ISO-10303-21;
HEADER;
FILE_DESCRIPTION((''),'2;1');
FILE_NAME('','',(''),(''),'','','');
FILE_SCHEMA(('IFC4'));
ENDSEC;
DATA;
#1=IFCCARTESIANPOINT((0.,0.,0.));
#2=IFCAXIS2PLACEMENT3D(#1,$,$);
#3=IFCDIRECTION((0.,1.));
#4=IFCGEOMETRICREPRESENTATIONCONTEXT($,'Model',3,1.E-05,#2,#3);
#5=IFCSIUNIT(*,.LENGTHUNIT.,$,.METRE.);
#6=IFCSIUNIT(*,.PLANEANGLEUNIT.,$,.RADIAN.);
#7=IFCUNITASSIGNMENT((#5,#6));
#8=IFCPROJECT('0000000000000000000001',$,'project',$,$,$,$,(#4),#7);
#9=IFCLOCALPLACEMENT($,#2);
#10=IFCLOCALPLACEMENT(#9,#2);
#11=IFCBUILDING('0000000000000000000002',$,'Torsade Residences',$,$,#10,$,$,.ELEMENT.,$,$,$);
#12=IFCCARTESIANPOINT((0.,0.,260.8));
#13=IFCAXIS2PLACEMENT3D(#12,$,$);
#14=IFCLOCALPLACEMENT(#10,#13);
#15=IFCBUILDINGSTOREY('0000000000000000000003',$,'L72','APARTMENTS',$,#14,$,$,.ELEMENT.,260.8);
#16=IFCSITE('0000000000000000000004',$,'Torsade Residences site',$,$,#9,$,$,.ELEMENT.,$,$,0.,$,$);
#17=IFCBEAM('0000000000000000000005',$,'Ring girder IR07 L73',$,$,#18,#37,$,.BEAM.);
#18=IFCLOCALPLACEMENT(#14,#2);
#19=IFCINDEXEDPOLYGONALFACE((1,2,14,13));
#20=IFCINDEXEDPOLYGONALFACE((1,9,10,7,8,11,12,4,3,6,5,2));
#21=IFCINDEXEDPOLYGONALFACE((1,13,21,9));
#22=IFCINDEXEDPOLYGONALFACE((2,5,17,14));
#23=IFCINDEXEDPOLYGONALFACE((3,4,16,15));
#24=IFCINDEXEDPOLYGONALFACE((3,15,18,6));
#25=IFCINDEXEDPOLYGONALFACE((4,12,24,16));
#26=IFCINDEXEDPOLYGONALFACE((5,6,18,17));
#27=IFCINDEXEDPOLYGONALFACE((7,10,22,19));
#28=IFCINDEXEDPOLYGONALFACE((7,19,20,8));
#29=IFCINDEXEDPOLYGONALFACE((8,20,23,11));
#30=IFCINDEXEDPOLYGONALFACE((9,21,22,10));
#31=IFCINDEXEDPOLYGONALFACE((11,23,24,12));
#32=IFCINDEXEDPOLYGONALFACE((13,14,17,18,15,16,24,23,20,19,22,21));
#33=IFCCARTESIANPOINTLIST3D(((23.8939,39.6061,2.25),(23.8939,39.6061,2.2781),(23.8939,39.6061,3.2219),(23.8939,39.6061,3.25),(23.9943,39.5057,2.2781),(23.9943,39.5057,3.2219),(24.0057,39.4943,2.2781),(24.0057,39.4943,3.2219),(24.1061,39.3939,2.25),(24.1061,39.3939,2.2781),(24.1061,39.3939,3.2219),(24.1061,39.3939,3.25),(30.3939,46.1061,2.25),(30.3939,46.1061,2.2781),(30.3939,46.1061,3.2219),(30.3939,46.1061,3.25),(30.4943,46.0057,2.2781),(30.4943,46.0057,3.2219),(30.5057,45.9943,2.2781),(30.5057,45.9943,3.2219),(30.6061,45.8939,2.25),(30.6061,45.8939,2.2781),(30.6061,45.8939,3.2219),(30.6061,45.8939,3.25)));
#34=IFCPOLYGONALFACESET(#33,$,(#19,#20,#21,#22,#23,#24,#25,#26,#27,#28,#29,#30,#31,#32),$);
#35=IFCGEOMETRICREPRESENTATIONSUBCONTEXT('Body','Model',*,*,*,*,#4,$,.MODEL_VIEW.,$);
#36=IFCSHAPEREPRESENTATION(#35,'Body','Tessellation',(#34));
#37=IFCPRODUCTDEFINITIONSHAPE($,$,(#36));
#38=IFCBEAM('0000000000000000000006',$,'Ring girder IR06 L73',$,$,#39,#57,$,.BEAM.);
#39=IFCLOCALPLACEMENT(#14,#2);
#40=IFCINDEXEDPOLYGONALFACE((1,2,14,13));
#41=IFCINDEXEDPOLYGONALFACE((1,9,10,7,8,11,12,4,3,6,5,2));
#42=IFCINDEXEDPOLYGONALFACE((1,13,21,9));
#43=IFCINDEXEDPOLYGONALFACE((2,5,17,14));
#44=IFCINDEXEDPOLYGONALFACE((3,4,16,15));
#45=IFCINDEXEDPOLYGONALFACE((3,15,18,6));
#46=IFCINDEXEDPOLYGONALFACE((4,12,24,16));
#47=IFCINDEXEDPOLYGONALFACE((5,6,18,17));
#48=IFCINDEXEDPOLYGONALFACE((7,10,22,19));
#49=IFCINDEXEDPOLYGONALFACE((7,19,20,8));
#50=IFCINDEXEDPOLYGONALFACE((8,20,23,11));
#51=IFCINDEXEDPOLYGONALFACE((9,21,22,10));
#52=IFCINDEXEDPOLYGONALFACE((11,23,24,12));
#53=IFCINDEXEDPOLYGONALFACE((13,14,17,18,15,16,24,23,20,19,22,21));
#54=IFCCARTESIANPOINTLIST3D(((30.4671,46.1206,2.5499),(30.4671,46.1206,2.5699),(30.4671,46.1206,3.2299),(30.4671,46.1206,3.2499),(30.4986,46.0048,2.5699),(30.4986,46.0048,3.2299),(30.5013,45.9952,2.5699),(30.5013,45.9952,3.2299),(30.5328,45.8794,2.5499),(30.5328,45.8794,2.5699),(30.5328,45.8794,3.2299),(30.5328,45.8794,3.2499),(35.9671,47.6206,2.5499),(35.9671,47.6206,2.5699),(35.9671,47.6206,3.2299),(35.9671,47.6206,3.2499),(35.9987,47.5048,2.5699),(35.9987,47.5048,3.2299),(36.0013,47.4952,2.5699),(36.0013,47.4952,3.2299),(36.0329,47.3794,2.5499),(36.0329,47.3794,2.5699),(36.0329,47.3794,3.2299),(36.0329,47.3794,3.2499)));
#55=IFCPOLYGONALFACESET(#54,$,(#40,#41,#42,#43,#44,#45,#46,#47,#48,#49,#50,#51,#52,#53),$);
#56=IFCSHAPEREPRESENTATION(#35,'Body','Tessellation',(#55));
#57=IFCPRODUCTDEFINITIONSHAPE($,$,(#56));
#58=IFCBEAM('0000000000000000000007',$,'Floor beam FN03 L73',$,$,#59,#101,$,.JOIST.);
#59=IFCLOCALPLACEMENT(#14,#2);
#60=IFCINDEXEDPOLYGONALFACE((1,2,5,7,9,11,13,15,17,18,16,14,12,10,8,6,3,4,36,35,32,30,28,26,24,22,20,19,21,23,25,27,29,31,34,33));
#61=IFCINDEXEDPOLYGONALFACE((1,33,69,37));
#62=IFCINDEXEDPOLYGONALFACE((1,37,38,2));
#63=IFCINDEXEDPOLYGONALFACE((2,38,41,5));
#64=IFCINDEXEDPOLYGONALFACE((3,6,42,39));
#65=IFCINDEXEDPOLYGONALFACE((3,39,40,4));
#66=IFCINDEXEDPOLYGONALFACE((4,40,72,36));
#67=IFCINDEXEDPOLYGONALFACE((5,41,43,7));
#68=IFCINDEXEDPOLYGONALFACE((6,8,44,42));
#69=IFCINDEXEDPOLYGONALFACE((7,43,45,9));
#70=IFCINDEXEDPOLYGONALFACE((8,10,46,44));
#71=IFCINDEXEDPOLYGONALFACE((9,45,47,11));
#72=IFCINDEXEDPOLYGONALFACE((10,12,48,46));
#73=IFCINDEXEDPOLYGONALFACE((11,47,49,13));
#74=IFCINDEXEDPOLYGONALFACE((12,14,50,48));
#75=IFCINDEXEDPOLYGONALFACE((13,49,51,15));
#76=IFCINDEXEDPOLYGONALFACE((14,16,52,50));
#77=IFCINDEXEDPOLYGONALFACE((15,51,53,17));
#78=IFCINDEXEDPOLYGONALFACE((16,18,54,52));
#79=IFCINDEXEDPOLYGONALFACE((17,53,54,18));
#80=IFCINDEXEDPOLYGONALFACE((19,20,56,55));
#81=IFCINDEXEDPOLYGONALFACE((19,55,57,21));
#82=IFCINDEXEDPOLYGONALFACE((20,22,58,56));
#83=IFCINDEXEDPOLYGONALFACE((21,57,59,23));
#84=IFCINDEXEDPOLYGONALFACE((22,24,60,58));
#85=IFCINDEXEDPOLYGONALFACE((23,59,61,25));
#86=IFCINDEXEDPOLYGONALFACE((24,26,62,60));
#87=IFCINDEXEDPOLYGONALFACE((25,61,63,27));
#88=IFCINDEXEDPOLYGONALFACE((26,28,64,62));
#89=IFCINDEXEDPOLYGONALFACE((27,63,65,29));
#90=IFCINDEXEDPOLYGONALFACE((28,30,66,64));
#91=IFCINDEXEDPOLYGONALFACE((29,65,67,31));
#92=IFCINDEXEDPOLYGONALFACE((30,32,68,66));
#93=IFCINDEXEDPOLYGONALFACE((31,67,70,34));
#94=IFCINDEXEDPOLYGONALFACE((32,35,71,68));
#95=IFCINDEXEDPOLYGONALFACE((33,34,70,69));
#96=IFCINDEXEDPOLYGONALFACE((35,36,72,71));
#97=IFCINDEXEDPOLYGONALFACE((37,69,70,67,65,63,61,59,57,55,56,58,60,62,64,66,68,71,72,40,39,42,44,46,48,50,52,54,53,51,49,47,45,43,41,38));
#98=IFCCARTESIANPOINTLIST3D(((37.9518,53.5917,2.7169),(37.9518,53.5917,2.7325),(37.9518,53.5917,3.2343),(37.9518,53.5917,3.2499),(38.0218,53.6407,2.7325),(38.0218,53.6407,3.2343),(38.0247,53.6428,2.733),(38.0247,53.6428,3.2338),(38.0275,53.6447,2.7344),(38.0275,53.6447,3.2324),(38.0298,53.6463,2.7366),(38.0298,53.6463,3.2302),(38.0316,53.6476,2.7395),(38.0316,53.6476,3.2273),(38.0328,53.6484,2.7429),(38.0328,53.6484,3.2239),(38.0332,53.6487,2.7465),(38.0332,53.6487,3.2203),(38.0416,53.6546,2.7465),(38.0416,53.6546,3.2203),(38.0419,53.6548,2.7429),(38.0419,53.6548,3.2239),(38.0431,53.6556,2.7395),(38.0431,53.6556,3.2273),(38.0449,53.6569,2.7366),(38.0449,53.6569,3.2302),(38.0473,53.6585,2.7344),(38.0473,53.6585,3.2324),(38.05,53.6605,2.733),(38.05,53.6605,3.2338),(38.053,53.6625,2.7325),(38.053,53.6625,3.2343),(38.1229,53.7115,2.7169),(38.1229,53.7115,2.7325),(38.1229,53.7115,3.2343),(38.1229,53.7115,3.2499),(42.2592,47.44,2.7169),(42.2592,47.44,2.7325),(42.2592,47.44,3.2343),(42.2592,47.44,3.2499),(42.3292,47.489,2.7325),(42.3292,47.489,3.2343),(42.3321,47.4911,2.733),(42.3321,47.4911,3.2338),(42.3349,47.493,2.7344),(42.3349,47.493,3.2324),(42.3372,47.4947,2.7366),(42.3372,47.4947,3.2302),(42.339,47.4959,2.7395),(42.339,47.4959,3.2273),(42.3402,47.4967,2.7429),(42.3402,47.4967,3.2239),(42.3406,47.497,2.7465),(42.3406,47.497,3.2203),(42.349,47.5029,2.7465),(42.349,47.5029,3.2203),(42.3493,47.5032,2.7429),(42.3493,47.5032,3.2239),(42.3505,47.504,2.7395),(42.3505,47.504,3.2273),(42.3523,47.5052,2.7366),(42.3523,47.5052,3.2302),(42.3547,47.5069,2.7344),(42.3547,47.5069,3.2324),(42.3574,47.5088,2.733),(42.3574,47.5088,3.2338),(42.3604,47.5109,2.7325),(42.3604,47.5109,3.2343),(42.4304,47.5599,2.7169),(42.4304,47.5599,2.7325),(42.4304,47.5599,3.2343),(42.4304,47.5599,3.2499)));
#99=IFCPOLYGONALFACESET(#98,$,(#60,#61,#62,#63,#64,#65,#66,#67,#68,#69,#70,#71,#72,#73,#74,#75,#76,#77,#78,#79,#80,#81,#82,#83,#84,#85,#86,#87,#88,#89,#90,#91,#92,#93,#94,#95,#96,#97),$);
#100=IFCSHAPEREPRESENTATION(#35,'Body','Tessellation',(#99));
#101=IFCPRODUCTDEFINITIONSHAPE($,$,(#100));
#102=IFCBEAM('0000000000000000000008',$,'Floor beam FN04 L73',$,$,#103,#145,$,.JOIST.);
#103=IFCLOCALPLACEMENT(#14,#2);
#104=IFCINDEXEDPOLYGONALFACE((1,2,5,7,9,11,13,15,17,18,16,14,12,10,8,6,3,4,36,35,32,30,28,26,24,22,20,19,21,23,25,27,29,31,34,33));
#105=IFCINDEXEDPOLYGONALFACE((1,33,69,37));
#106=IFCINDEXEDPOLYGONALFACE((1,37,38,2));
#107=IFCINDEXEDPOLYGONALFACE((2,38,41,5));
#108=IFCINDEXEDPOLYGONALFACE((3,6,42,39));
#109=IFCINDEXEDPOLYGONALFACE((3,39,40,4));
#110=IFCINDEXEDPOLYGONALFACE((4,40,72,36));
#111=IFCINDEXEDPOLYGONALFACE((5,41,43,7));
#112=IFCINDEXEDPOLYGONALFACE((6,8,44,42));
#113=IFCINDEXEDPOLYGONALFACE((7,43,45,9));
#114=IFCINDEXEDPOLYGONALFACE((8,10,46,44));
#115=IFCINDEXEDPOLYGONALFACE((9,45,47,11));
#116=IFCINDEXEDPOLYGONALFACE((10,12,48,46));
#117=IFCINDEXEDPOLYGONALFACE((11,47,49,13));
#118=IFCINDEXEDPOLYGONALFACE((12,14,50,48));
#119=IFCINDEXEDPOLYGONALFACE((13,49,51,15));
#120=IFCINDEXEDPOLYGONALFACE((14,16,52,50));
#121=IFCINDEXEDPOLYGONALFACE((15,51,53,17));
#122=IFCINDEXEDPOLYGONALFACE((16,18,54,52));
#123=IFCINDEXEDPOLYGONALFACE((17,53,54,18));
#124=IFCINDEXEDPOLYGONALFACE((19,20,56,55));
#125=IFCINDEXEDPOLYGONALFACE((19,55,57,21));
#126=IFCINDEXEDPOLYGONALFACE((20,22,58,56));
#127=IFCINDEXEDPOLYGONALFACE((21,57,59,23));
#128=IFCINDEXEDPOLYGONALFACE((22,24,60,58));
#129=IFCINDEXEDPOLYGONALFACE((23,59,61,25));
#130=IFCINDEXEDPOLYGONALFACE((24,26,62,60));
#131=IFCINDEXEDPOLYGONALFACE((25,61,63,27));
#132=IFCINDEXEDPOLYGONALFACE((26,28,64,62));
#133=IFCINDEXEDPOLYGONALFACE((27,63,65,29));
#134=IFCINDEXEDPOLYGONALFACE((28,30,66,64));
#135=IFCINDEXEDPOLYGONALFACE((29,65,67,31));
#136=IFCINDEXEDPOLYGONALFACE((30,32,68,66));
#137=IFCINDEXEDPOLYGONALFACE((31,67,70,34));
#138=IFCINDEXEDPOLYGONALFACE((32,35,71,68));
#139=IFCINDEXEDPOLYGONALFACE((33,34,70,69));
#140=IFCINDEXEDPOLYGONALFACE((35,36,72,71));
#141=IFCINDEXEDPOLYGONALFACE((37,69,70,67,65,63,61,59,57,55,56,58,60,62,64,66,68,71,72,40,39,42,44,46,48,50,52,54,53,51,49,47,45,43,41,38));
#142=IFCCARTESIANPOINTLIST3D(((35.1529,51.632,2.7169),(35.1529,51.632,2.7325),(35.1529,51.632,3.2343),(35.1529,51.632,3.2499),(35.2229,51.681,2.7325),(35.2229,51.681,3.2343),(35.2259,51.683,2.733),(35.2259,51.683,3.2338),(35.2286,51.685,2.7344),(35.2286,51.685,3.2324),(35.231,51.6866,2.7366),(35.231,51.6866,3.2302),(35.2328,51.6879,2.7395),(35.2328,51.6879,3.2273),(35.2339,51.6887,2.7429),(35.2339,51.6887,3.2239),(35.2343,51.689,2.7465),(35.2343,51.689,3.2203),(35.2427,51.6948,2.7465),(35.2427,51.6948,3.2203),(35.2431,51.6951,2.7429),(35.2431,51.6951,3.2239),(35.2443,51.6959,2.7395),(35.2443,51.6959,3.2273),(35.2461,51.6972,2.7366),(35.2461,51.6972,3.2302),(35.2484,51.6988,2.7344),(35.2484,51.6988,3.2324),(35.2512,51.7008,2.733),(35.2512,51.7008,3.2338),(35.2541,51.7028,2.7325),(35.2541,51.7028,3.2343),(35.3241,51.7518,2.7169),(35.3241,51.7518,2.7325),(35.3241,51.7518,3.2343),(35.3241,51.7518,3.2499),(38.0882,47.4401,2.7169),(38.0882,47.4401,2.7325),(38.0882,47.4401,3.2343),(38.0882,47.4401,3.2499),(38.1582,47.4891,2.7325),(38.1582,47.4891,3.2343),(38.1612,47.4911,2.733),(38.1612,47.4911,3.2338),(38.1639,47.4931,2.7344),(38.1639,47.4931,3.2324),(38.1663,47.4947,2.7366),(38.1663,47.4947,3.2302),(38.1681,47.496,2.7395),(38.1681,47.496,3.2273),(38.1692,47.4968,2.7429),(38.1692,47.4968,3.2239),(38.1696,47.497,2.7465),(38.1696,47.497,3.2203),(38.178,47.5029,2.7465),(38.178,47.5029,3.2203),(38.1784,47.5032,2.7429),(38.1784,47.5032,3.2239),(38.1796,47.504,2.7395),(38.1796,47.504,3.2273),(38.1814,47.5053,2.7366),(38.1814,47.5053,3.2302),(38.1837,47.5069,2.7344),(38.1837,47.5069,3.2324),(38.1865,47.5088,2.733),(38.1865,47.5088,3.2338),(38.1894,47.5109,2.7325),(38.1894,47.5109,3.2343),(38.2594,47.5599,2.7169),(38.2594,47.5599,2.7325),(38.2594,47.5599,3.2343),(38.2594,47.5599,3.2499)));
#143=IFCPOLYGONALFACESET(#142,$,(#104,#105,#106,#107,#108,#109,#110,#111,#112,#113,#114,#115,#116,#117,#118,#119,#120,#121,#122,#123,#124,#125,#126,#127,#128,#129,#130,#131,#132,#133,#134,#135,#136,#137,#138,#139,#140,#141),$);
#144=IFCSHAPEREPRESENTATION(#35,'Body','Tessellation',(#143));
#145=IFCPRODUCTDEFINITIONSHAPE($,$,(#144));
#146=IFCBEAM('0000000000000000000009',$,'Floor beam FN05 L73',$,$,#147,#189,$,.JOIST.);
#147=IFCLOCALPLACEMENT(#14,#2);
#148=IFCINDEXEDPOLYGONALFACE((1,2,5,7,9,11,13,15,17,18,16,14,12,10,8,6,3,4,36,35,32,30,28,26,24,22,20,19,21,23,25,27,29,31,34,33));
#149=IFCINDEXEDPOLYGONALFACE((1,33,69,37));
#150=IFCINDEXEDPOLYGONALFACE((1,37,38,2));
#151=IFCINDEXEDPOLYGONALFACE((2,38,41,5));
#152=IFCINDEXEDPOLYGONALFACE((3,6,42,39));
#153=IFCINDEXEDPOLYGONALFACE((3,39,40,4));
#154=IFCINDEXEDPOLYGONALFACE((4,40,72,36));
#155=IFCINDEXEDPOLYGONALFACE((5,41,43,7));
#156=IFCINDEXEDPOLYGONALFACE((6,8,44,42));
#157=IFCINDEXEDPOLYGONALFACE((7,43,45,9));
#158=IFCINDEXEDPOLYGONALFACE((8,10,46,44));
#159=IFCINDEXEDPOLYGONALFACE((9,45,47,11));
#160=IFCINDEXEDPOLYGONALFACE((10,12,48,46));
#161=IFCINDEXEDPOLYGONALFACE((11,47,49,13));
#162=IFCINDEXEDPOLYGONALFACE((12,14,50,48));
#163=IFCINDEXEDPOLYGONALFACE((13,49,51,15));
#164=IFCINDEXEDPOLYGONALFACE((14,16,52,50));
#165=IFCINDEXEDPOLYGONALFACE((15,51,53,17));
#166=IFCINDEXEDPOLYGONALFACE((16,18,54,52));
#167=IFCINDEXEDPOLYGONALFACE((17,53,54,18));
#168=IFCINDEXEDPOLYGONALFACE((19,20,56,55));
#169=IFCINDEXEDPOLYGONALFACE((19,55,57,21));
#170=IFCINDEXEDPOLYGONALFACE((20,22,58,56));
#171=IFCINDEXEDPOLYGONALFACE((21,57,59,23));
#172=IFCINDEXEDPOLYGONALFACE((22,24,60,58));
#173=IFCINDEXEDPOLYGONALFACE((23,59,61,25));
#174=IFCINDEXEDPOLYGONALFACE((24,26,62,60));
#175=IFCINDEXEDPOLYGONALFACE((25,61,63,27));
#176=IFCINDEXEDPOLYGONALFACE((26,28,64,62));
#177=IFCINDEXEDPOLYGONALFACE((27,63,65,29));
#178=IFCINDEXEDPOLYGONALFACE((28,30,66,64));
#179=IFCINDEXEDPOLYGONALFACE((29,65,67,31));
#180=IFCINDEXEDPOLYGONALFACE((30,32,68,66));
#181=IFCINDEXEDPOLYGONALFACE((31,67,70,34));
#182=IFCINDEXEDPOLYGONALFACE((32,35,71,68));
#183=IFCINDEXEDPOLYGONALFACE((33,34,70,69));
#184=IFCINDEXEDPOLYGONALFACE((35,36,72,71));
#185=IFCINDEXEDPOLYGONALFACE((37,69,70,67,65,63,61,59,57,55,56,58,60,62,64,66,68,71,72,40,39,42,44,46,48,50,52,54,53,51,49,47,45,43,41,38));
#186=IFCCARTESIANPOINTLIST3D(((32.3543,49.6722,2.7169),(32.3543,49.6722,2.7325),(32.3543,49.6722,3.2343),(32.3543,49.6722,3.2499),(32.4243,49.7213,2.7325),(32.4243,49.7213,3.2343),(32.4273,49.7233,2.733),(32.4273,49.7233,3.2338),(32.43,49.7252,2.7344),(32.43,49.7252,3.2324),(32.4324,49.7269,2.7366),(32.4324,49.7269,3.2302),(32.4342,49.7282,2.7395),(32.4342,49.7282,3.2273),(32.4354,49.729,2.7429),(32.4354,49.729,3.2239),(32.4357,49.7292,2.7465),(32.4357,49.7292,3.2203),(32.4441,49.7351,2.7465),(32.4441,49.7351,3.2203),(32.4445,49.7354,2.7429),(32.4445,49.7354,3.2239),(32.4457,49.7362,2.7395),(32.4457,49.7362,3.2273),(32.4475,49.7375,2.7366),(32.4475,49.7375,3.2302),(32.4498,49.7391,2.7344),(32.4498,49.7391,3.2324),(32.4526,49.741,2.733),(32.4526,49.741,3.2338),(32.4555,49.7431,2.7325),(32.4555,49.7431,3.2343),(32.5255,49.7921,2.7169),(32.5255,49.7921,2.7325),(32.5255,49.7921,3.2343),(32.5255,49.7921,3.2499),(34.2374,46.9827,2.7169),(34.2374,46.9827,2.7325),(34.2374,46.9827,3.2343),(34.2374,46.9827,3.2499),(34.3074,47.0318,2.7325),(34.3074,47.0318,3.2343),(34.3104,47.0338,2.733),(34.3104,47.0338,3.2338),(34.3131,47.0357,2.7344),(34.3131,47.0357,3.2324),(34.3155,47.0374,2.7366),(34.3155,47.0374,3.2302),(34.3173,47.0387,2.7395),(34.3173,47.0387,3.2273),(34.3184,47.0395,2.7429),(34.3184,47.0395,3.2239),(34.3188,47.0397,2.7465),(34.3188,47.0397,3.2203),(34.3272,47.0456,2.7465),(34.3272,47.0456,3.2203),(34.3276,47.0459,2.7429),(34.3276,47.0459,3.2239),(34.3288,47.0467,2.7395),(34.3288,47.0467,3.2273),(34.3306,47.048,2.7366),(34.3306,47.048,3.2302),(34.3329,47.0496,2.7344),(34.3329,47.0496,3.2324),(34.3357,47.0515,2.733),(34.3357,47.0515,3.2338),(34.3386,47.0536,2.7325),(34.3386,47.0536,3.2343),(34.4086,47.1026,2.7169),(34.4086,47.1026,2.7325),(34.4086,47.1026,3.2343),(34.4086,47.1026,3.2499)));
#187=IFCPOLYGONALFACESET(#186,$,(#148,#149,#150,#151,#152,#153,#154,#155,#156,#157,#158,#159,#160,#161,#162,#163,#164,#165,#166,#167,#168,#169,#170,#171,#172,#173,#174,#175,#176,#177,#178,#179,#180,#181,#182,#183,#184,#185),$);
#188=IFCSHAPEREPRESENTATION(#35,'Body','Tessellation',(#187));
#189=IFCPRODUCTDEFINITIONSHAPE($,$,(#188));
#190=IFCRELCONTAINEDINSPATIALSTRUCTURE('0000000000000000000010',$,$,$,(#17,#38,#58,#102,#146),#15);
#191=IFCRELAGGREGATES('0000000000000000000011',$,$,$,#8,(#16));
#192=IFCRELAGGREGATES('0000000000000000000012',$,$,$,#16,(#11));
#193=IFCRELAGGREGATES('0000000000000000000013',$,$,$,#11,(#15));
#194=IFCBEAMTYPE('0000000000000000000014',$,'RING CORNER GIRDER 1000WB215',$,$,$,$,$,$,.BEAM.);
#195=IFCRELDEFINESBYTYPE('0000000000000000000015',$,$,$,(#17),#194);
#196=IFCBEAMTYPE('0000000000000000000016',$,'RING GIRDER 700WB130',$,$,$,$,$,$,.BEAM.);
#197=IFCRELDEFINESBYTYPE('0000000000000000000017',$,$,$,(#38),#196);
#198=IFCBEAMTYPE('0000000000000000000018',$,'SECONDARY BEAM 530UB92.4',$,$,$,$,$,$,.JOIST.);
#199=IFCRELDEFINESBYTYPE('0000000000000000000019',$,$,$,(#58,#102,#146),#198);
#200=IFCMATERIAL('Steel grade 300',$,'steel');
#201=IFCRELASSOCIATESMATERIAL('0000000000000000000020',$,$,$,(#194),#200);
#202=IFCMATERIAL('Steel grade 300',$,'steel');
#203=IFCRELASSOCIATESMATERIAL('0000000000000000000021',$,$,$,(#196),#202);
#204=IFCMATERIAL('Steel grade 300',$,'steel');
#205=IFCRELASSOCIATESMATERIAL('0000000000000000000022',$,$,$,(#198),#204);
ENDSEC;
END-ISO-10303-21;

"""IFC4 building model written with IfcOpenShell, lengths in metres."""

from ifc_helpers import new_model, si_unit, direction, frame, origin, origin_2d, place, context, subcontext, project, spatial, i_section, extrude, material, material_profile, profile_set, type_object, element, save


model = new_model("IFC4")

# Units and contexts
model_context = context("Model", 3, precision=1e-05, world=origin(), true_north=direction((0.0, 1.0)))
body_context = subcontext(model_context, "Body", "Model", "MODEL_VIEW")
ifc_project = project(units=[si_unit("LENGTHUNIT", "METRE"), si_unit("PLANEANGLEUNIT", "RADIAN")], contexts=[model_context])

# Site, building, storey
site_placement = place(None, origin())
site = spatial("IfcSite", under=ifc_project, at=site_placement, Name="Torsade Residences site", CompositionType="ELEMENT", RefElevation=0.0)
building_placement = place(site_placement, origin())
building = spatial("IfcBuilding", under=site, at=building_placement, Name="Torsade Residences", CompositionType="ELEMENT")
storey_placement = place(building_placement, frame((0.0, 0.0, 260.8)))
storey = spatial("IfcBuildingStorey", under=building, at=storey_placement, Name="L72", Description="APARTMENTS", CompositionType="ELEMENT", Elevation=260.8)

# Beams
ifc_material_1 = material(Name="Steel grade 300", Category="steel")
ifc_material_profile_1 = material_profile(ifc_material_1, i_section(OverallWidth=0.3, OverallDepth=1.0, WebThickness=0.0161, FlangeThickness=0.0281, at=origin_2d()), Name="1000WB215")
ifc_profile_set_1 = profile_set([ifc_material_profile_1], Name="Steel grade 300")
beam_type_1 = type_object("IfcBeamType", Name="RING CORNER GIRDER 1000WB215", PredefinedType="BEAM", material=ifc_profile_set_1)
beam_1_placement = place(storey_placement, frame((30.5, 46.0, 2.75), z_axis=(-0.707107, -0.707107, 0.0), x_axis=(0.707107, -0.707107, 0.0)))
element("IfcBeam", 1, at=beam_1_placement, inside=storey, type_object=beam_type_1, Name="Ring girder IR07 L73", PredefinedType="BEAM", context=body_context, shape_type="SweptSolid", body=[
    extrude(i_section(OverallWidth=0.3, OverallDepth=1.0, WebThickness=0.0161, FlangeThickness=0.0281, at=origin_2d()), origin(), (0.0, 0.0, 1.0), 9.1924),
])
ifc_material_2 = material(Name="Steel grade 300", Category="steel")
ifc_material_profile_2 = material_profile(ifc_material_2, i_section(OverallWidth=0.25, OverallDepth=0.7, WebThickness=0.01, FlangeThickness=0.02, at=origin_2d()), Name="700WB130")
ifc_profile_set_2 = profile_set([ifc_material_profile_2], Name="Steel grade 300")
beam_type_2 = type_object("IfcBeamType", Name="RING GIRDER 700WB130", PredefinedType="BEAM", material=ifc_profile_set_2)
beam_2_placement = place(storey_placement, frame((36.0, 47.5, 2.8999), z_axis=(-0.964764, -0.263117, 0.0), x_axis=(0.263117, -0.964764, 0.0)))
element("IfcBeam", 2, at=beam_2_placement, inside=storey, type_object=beam_type_2, Name="Ring girder IR06 L73", PredefinedType="BEAM", context=body_context, shape_type="SweptSolid", body=[
    extrude(i_section(OverallWidth=0.25, OverallDepth=0.7, WebThickness=0.01, FlangeThickness=0.02, at=origin_2d()), origin(), (0.0, 0.0, 1.0), 5.7009),
])
ifc_material_3 = material(Name="Steel grade 300", Category="steel")
ifc_material_profile_3 = material_profile(ifc_material_3, i_section(OverallWidth=0.209, OverallDepth=0.533, WebThickness=0.0103, FlangeThickness=0.0156, FilletRadius=0.0139, at=origin_2d()), Name="530UB92.4")
ifc_profile_set_3 = profile_set([ifc_material_profile_3], Name="Steel grade 300")
beam_type_3 = type_object("IfcBeamType", Name="SECONDARY BEAM 530UB92.4", PredefinedType="JOIST", material=ifc_profile_set_3)
beam_3_placement = place(storey_placement, frame((38.0374, 53.6516, 2.9834), z_axis=(0.573574, -0.819154, 0.0), x_axis=(0.819154, 0.573574, 0.0)))
element("IfcBeam", 3, at=beam_3_placement, inside=storey, type_object=beam_type_3, Name="Floor beam FN03 L73", PredefinedType="JOIST", context=body_context, shape_type="SweptSolid", body=[
    extrude(i_section(OverallWidth=0.209, OverallDepth=0.533, WebThickness=0.0103, FlangeThickness=0.0156, FilletRadius=0.0139, at=origin_2d()), origin(), (0.0, 0.0, 1.0), 7.5098),
])
beam_4_placement = place(storey_placement, frame((35.2385, 51.6919, 2.9834), z_axis=(0.57359, -0.819142, 0.0), x_axis=(0.819142, 0.57359, 0.0)))
element("IfcBeam", 4, at=beam_4_placement, inside=storey, type_object=beam_type_3, Name="Floor beam FN04 L73", PredefinedType="JOIST", context=body_context, shape_type="SweptSolid", body=[
    extrude(i_section(OverallWidth=0.209, OverallDepth=0.533, WebThickness=0.0103, FlangeThickness=0.0156, FilletRadius=0.0139, at=origin_2d()), origin(), (0.0, 0.0, 1.0), 5.1174),
])
beam_5_placement = place(storey_placement, frame((32.4399, 49.7322, 2.9834), z_axis=(0.573552, -0.819169, 0.0), x_axis=(0.819169, 0.573552, 0.0)))
element("IfcBeam", 5, at=beam_5_placement, inside=storey, type_object=beam_type_3, Name="Floor beam FN05 L73", PredefinedType="JOIST", context=body_context, shape_type="SweptSolid", body=[
    extrude(i_section(OverallWidth=0.209, OverallDepth=0.533, WebThickness=0.0103, FlangeThickness=0.0156, FilletRadius=0.0139, at=origin_2d()), origin(), (0.0, 0.0, 1.0), 3.2832),
])

save(model, "model.ifc")
